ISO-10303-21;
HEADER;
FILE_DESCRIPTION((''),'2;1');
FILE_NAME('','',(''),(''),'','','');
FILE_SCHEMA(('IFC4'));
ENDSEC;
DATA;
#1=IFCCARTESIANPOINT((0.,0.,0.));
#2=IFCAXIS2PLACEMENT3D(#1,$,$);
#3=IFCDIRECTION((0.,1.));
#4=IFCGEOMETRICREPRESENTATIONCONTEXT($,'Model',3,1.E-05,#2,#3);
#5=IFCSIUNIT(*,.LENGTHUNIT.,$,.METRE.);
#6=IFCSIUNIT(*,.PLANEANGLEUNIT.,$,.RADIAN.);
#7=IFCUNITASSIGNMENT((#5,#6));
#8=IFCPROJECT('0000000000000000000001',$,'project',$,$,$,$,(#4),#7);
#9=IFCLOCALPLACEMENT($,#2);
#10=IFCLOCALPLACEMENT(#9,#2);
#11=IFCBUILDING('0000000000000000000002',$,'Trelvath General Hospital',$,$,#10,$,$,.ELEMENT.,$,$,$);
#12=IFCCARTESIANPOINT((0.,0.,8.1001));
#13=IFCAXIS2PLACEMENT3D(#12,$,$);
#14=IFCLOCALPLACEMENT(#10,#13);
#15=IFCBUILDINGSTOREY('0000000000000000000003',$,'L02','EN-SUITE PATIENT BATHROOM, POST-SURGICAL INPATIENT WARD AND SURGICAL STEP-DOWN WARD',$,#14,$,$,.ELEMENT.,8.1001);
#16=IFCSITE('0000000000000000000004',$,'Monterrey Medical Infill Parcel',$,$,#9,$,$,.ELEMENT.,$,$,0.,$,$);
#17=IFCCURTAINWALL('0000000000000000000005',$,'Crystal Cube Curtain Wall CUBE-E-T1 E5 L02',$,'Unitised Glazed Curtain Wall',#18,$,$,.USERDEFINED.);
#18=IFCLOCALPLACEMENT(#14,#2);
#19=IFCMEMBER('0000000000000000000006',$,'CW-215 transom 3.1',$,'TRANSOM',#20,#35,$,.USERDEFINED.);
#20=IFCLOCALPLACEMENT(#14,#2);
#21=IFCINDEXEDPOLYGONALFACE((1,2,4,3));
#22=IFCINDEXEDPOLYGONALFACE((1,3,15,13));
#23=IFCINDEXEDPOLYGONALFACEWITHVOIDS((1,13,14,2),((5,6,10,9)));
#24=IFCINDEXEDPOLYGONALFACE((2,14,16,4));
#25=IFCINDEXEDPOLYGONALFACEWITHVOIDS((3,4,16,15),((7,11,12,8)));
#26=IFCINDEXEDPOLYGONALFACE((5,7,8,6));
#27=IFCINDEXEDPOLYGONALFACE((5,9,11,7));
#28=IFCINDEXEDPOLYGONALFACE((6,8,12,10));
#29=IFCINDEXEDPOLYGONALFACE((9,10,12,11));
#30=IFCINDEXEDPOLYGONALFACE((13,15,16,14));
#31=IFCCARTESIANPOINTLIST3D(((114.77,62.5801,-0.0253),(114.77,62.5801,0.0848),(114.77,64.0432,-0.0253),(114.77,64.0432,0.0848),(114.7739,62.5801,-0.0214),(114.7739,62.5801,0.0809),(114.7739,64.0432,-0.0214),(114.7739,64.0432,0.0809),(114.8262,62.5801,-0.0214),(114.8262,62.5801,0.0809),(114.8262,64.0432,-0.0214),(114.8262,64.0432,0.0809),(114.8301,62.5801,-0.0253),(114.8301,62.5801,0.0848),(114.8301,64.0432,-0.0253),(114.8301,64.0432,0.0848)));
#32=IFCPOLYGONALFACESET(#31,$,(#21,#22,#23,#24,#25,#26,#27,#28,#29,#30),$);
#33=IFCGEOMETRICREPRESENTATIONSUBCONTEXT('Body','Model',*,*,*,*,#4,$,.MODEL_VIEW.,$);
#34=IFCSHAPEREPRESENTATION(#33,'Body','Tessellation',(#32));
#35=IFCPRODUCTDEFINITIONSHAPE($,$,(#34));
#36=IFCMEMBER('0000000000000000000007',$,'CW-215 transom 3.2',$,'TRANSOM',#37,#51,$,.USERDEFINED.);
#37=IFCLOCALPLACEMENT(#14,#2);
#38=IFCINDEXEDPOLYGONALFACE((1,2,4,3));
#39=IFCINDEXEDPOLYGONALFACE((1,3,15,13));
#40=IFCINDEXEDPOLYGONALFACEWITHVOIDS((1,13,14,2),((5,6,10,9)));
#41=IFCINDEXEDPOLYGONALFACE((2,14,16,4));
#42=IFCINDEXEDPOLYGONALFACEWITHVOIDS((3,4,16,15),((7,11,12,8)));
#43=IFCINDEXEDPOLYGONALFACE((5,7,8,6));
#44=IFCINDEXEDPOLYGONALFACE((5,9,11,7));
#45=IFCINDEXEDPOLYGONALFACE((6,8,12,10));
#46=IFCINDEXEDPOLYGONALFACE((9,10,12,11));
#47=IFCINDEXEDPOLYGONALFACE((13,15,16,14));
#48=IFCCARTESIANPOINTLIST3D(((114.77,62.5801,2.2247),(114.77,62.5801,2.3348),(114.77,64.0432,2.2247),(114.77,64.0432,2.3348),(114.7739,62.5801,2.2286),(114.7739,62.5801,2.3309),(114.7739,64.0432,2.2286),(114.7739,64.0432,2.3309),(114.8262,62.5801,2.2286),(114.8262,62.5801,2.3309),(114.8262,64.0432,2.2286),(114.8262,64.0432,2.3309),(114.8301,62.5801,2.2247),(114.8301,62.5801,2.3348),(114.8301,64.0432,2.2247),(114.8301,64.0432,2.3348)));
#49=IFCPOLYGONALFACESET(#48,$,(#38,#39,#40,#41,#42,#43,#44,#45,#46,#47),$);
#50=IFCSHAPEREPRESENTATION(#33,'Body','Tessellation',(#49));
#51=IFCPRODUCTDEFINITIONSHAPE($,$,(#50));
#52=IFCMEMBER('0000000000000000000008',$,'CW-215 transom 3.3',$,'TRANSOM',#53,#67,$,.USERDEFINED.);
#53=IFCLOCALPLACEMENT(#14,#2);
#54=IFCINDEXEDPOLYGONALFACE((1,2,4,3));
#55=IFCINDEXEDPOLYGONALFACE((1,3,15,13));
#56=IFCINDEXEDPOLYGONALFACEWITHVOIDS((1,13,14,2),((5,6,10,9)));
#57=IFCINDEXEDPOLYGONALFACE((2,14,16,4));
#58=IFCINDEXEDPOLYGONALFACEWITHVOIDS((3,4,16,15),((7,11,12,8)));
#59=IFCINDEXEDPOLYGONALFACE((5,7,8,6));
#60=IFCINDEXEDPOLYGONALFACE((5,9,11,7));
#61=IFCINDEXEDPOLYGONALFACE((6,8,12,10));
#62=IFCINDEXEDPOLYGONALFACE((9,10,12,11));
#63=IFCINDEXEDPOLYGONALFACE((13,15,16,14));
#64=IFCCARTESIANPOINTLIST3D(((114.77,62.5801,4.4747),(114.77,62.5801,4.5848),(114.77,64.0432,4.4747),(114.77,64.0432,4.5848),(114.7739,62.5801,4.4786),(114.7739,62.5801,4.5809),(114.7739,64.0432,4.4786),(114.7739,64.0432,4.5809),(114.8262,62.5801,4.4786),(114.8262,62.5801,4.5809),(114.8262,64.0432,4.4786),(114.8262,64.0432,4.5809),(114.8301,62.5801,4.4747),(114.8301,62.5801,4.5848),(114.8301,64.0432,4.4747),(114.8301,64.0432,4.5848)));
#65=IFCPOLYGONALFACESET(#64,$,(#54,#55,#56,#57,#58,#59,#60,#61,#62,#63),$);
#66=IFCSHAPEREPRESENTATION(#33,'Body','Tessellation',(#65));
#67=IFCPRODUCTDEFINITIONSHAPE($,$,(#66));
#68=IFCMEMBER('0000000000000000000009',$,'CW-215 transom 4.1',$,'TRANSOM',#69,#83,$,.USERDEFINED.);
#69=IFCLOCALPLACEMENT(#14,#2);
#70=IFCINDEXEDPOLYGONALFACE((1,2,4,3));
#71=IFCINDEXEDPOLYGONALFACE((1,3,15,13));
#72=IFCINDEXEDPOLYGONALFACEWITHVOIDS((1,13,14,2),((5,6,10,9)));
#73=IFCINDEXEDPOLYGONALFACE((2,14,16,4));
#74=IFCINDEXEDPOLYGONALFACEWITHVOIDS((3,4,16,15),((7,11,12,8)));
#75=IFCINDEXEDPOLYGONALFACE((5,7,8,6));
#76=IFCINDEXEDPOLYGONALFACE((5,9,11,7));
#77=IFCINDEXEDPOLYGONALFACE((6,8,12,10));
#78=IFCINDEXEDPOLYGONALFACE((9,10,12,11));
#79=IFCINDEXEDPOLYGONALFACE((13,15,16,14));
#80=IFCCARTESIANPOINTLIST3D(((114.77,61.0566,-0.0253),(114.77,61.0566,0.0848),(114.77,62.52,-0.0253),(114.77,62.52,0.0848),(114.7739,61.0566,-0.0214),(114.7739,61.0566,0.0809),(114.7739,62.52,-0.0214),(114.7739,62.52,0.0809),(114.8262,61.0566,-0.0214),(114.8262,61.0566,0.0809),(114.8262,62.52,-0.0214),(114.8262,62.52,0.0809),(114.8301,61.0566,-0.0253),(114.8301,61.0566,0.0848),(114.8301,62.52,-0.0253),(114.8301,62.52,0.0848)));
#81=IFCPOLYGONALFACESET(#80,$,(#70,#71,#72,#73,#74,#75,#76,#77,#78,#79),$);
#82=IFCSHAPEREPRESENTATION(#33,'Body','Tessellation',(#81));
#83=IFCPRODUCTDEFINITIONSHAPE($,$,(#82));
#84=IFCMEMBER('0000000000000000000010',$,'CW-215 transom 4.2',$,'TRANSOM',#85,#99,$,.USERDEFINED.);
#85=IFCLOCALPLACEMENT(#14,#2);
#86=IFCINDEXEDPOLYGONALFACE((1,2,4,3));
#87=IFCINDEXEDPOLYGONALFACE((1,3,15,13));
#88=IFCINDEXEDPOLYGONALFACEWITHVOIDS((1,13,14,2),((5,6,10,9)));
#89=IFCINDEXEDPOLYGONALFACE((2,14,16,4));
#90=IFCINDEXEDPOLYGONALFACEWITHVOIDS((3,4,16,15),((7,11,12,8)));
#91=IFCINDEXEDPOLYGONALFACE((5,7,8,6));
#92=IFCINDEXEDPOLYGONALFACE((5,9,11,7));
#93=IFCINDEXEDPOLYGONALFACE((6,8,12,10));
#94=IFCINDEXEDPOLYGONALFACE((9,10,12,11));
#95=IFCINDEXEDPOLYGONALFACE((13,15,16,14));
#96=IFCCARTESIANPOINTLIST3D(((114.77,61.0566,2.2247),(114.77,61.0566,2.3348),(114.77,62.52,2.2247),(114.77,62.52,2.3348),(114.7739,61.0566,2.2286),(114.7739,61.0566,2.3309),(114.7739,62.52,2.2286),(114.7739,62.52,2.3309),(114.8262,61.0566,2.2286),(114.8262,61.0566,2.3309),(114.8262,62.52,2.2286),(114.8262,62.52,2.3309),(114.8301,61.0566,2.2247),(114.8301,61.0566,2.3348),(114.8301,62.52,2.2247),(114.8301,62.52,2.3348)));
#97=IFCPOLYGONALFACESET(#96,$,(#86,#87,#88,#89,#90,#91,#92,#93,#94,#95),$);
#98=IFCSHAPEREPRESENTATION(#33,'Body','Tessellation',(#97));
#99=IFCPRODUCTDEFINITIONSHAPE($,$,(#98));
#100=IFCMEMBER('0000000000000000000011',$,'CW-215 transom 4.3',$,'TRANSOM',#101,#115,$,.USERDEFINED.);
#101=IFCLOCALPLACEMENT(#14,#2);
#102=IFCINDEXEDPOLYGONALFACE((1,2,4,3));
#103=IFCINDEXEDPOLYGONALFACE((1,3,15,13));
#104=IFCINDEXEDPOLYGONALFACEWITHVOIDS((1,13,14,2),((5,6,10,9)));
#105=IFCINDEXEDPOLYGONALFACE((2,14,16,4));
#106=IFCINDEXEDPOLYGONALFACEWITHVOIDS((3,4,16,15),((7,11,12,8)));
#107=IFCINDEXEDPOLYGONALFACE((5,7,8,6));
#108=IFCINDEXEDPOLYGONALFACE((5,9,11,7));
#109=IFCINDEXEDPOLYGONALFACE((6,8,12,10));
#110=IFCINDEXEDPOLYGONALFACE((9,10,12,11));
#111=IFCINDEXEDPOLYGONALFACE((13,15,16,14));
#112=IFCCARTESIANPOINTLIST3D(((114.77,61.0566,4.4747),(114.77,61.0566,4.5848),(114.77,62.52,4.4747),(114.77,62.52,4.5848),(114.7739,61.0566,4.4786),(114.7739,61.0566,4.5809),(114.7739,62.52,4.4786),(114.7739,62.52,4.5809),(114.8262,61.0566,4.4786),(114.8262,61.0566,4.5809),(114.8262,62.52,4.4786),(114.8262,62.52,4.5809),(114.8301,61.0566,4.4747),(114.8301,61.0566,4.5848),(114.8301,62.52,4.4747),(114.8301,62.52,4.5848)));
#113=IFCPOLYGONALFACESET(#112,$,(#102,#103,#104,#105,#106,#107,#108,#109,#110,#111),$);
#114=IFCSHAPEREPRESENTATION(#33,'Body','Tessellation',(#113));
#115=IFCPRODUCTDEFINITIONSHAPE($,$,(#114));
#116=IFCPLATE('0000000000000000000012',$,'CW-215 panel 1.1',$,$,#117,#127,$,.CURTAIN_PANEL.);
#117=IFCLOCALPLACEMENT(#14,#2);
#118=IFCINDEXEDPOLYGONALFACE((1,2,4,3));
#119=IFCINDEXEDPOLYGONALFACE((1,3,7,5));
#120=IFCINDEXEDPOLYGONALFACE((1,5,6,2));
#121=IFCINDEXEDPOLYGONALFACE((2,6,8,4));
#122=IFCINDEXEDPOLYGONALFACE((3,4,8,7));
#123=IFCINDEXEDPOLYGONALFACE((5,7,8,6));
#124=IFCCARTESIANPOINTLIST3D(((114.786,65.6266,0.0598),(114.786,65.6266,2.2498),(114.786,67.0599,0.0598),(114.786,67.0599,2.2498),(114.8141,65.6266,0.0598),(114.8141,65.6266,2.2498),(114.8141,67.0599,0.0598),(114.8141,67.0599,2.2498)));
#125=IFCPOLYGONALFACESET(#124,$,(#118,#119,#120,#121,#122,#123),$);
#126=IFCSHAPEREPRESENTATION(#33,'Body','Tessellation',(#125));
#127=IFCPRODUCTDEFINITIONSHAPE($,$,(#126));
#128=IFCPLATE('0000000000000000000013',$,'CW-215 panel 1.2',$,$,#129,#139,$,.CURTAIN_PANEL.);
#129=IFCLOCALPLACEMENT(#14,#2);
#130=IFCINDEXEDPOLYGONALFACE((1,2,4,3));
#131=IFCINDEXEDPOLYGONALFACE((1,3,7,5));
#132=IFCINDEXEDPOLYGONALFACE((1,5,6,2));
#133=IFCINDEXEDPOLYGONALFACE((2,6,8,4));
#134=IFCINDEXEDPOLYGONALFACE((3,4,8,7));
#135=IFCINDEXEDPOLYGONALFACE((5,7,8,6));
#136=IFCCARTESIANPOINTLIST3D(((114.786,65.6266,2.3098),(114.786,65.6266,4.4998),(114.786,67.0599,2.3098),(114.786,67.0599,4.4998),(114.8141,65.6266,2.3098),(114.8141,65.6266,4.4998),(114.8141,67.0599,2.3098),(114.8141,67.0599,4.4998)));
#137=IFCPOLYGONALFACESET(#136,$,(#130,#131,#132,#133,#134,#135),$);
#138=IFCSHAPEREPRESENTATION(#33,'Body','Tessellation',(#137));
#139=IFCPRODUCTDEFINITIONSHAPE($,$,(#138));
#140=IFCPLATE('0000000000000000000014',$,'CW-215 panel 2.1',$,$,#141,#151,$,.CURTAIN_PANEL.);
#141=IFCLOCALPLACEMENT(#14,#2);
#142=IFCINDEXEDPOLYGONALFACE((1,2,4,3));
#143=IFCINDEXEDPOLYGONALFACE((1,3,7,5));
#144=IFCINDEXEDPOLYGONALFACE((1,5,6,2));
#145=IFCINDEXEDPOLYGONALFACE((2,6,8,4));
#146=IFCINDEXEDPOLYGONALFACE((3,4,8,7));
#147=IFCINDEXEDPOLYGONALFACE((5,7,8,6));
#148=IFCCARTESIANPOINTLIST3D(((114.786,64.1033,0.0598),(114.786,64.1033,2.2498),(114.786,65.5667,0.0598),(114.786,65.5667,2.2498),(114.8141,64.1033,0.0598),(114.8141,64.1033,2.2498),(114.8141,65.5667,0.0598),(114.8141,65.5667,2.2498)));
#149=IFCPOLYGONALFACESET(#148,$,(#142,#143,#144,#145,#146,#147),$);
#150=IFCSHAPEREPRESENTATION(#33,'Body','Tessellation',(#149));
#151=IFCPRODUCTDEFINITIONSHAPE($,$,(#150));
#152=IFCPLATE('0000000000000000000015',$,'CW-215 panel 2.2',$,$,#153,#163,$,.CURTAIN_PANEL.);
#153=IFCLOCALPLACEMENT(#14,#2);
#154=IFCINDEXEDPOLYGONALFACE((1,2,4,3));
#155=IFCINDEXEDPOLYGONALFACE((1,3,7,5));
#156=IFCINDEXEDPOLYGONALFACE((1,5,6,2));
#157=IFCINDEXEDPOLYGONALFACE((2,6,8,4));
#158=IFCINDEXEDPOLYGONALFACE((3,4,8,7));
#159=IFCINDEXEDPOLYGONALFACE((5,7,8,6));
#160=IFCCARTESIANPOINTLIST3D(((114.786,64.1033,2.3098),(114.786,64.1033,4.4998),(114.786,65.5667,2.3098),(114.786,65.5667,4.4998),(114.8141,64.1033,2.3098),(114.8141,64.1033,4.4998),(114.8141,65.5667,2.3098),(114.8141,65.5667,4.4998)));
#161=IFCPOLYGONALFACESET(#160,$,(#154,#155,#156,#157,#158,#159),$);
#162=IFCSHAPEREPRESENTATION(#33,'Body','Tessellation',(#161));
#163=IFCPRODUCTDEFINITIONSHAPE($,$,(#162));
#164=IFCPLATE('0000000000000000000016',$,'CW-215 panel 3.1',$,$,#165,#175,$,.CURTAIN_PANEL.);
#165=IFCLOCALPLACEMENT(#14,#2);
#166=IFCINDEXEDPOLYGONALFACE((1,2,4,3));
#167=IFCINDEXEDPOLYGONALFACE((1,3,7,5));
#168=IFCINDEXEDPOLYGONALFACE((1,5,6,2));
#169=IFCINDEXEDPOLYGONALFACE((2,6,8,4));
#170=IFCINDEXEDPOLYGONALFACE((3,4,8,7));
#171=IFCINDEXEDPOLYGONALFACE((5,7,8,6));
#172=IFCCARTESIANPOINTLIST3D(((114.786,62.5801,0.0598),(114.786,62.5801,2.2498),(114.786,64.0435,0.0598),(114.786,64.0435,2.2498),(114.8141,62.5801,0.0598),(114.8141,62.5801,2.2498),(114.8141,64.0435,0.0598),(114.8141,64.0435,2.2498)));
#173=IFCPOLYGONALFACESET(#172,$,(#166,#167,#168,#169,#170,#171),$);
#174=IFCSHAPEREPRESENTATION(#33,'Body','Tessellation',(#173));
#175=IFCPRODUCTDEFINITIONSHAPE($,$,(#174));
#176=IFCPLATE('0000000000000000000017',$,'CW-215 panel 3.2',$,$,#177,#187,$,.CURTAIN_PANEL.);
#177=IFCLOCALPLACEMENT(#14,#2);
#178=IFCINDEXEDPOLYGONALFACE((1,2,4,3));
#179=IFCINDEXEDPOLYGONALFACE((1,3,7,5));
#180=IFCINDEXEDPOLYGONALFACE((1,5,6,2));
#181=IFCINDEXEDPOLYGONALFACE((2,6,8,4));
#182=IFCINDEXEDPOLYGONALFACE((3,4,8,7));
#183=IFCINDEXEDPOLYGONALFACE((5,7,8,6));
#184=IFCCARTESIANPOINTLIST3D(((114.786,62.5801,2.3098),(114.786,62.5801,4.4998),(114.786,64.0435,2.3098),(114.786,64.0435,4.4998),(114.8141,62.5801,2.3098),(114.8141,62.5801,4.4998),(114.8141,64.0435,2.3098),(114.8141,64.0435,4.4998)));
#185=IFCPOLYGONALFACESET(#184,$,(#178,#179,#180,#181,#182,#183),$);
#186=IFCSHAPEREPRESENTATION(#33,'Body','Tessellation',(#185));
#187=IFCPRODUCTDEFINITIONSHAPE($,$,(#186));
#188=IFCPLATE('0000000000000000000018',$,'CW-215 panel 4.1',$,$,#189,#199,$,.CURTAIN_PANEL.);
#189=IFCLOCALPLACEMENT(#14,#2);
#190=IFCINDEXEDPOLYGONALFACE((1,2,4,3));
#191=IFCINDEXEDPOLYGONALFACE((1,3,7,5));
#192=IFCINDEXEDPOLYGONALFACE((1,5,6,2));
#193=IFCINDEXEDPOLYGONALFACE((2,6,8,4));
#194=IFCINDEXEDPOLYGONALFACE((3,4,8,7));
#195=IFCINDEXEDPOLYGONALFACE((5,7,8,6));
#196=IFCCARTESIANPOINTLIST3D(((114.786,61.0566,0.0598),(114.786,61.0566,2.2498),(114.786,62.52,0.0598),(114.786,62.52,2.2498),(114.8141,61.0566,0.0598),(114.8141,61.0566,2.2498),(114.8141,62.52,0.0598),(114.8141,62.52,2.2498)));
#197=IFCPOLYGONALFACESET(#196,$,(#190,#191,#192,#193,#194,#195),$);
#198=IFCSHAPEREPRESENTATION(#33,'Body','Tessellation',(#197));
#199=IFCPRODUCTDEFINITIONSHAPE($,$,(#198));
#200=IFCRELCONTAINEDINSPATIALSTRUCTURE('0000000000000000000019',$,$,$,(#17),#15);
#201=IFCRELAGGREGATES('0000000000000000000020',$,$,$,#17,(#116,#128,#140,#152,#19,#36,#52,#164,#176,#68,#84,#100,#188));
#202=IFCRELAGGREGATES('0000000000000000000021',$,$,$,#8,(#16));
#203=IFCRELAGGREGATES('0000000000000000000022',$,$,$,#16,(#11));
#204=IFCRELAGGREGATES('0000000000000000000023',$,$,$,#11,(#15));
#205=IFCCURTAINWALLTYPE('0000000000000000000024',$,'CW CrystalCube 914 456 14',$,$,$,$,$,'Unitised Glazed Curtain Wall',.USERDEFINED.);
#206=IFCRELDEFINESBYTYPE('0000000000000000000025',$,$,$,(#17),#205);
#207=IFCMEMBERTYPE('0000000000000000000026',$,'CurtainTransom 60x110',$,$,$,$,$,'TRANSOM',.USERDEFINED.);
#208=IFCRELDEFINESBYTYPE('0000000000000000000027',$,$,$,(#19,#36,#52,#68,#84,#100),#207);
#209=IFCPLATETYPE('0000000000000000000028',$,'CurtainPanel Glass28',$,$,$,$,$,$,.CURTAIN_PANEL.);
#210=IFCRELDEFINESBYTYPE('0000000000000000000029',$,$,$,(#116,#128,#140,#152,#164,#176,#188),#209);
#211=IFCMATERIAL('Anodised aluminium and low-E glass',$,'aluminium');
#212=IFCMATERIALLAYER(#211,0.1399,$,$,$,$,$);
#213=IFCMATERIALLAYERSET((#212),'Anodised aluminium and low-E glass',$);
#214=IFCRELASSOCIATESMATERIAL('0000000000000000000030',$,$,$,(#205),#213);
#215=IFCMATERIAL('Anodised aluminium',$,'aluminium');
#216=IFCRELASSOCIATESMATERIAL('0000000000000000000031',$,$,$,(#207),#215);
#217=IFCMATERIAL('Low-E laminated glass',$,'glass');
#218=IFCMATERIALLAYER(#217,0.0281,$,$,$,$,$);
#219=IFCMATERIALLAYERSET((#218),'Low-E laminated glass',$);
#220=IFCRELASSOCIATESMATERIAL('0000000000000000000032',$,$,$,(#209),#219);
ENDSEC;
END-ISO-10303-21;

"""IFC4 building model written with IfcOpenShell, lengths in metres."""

from ifc_helpers import new_model, si_unit, direction, frame, origin, origin_2d, place, context, subcontext, project, spatial, rectangle, hollow_rectangle, extrude, material, layer, layer_set, material_profile, profile_set, type_object, element, aggregate, save


model = new_model("IFC4")

# Units and contexts
model_context = context("Model", 3, precision=1e-05, world=origin(), true_north=direction((0.0, 1.0)))
body_context = subcontext(model_context, "Body", "Model", "MODEL_VIEW")
ifc_project = project(units=[si_unit("LENGTHUNIT", "METRE"), si_unit("PLANEANGLEUNIT", "RADIAN")], contexts=[model_context])

# Site, building, storey
site_placement = place(None, origin())
site = spatial("IfcSite", under=ifc_project, at=site_placement, Name="Monterrey Medical Infill Parcel", CompositionType="ELEMENT", RefElevation=0.0)
building_placement = place(site_placement, origin())
building = spatial("IfcBuilding", under=site, at=building_placement, Name="Trelvath General Hospital", CompositionType="ELEMENT")
storey_placement = place(building_placement, frame((0.0, 0.0, 8.1001)))
storey = spatial("IfcBuildingStorey", under=building, at=storey_placement, Name="L02", Description="EN-SUITE PATIENT BATHROOM, POST-SURGICAL INPATIENT WARD AND SURGICAL STEP-DOWN WARD", CompositionType="ELEMENT", Elevation=8.1001)

# Curtain wall
ifc_material_1 = material(Name="Anodised aluminium and low-E glass", Category="aluminium")
ifc_layer_1 = layer(ifc_material_1, 0.1399)
ifc_layer_set_1 = layer_set([ifc_layer_1], Name="Anodised aluminium and low-E glass")
curtain_wall_type_1 = type_object("IfcCurtainWallType", Name="CW CrystalCube 914 456 14", ElementType="Unitised Glazed Curtain Wall", PredefinedType="USERDEFINED", material=ifc_layer_set_1)
curtain_wall_1_placement = place(storey_placement, origin())
curtain_wall_1 = element("IfcCurtainWall", 1, at=curtain_wall_1_placement, inside=storey, type_object=curtain_wall_type_1, Name="Crystal Cube Curtain Wall CUBE-E-T1 E5 L02", ObjectType="Unitised Glazed Curtain Wall", PredefinedType="USERDEFINED")

# Members
ifc_material_2 = material(Name="Anodised aluminium", Category="aluminium")
ifc_material_profile_1 = material_profile(ifc_material_2, hollow_rectangle(XDim=0.0601, YDim=0.1101, WallThickness=0.0039, at=origin_2d()), Name="RHS60x110x4")
ifc_profile_set_1 = profile_set([ifc_material_profile_1], Name="Anodised aluminium")
member_type_1 = type_object("IfcMemberType", Name="CurtainTransom 60x110", ElementType="TRANSOM", PredefinedType="USERDEFINED", material=ifc_profile_set_1)
member_1_placement = place(storey_placement, frame((114.8, 64.0432, 0.0298), z_axis=(0.0, -1.0, 0.0), x_axis=(1.0, 0.0, 0.0)))
member_1 = element("IfcMember", 2, at=member_1_placement, type_object=member_type_1, Name="CW-215 transom 3.1", ObjectType="TRANSOM", PredefinedType="USERDEFINED", context=body_context, shape_type="SweptSolid", body=[
    extrude(hollow_rectangle(XDim=0.0601, YDim=0.1101, WallThickness=0.0039, at=origin_2d()), origin(), (0.0, 0.0, 1.0), 1.4631),
])
member_2_placement = place(storey_placement, frame((114.8, 64.0432, 2.2798), z_axis=(0.0, -1.0, 0.0), x_axis=(1.0, 0.0, 0.0)))
member_2 = element("IfcMember", 3, at=member_2_placement, type_object=member_type_1, Name="CW-215 transom 3.2", ObjectType="TRANSOM", PredefinedType="USERDEFINED", context=body_context, shape_type="SweptSolid", body=[
    extrude(hollow_rectangle(XDim=0.0601, YDim=0.1101, WallThickness=0.0039, at=origin_2d()), origin(), (0.0, 0.0, 1.0), 1.4631),
])
member_3_placement = place(storey_placement, frame((114.8, 64.0432, 4.5298), z_axis=(0.0, -1.0, 0.0), x_axis=(1.0, 0.0, 0.0)))
member_3 = element("IfcMember", 4, at=member_3_placement, type_object=member_type_1, Name="CW-215 transom 3.3", ObjectType="TRANSOM", PredefinedType="USERDEFINED", context=body_context, shape_type="SweptSolid", body=[
    extrude(hollow_rectangle(XDim=0.0601, YDim=0.1101, WallThickness=0.0039, at=origin_2d()), origin(), (0.0, 0.0, 1.0), 1.4631),
])
member_4_placement = place(storey_placement, frame((114.8, 62.52, 0.0298), z_axis=(0.0, -1.0, 0.0), x_axis=(1.0, 0.0, 0.0)))
member_4 = element("IfcMember", 5, at=member_4_placement, type_object=member_type_1, Name="CW-215 transom 4.1", ObjectType="TRANSOM", PredefinedType="USERDEFINED", context=body_context, shape_type="SweptSolid", body=[
    extrude(hollow_rectangle(XDim=0.0601, YDim=0.1101, WallThickness=0.0039, at=origin_2d()), origin(), (0.0, 0.0, 1.0), 1.4634),
])
member_5_placement = place(storey_placement, frame((114.8, 62.52, 2.2798), z_axis=(0.0, -1.0, 0.0), x_axis=(1.0, 0.0, 0.0)))
member_5 = element("IfcMember", 6, at=member_5_placement, type_object=member_type_1, Name="CW-215 transom 4.2", ObjectType="TRANSOM", PredefinedType="USERDEFINED", context=body_context, shape_type="SweptSolid", body=[
    extrude(hollow_rectangle(XDim=0.0601, YDim=0.1101, WallThickness=0.0039, at=origin_2d()), origin(), (0.0, 0.0, 1.0), 1.4634),
])
member_6_placement = place(storey_placement, frame((114.8, 62.52, 4.5298), z_axis=(0.0, -1.0, 0.0), x_axis=(1.0, 0.0, 0.0)))
member_6 = element("IfcMember", 7, at=member_6_placement, type_object=member_type_1, Name="CW-215 transom 4.3", ObjectType="TRANSOM", PredefinedType="USERDEFINED", context=body_context, shape_type="SweptSolid", body=[
    extrude(hollow_rectangle(XDim=0.0601, YDim=0.1101, WallThickness=0.0039, at=origin_2d()), origin(), (0.0, 0.0, 1.0), 1.4634),
])

# Plates
ifc_material_3 = material(Name="Low-E laminated glass", Category="glass")
ifc_layer_2 = layer(ifc_material_3, 0.0281)
ifc_layer_set_2 = layer_set([ifc_layer_2], Name="Low-E laminated glass")
plate_type = type_object("IfcPlateType", Name="CurtainPanel Glass28", PredefinedType="CURTAIN_PANEL", material=ifc_layer_set_2)
plate_1_placement = place(storey_placement, frame((114.8, 66.3433, 0.0598), z_axis=(0.0, 0.0, 1.0), x_axis=(0.0, -1.0, 0.0)))
plate_1 = element("IfcPlate", 8, at=plate_1_placement, type_object=plate_type, Name="CW-215 panel 1.1", PredefinedType="CURTAIN_PANEL", context=body_context, shape_type="SweptSolid", body=[
    extrude(rectangle(XDim=1.4333, YDim=0.0281, at=origin_2d()), origin(), (0.0, 0.0, 1.0), 2.1899),
])
plate_2_placement = place(storey_placement, frame((114.8, 66.3433, 2.3098), z_axis=(0.0, 0.0, 1.0), x_axis=(0.0, -1.0, 0.0)))
plate_2 = element("IfcPlate", 9, at=plate_2_placement, type_object=plate_type, Name="CW-215 panel 1.2", PredefinedType="CURTAIN_PANEL", context=body_context, shape_type="SweptSolid", body=[
    extrude(rectangle(XDim=1.4333, YDim=0.0281, at=origin_2d()), origin(), (0.0, 0.0, 1.0), 2.1899),
])
plate_3_placement = place(storey_placement, frame((114.8, 64.835, 0.0598), z_axis=(0.0, 0.0, 1.0), x_axis=(0.0, -1.0, 0.0)))
plate_3 = element("IfcPlate", 10, at=plate_3_placement, type_object=plate_type, Name="CW-215 panel 2.1", PredefinedType="CURTAIN_PANEL", context=body_context, shape_type="SweptSolid", body=[
    extrude(rectangle(XDim=1.4634, YDim=0.0281, at=origin_2d()), origin(), (0.0, 0.0, 1.0), 2.1899),
])
plate_4_placement = place(storey_placement, frame((114.8, 64.835, 2.3098), z_axis=(0.0, 0.0, 1.0), x_axis=(0.0, -1.0, 0.0)))
plate_4 = element("IfcPlate", 11, at=plate_4_placement, type_object=plate_type, Name="CW-215 panel 2.2", PredefinedType="CURTAIN_PANEL", context=body_context, shape_type="SweptSolid", body=[
    extrude(rectangle(XDim=1.4634, YDim=0.0281, at=origin_2d()), origin(), (0.0, 0.0, 1.0), 2.1899),
])
plate_5_placement = place(storey_placement, frame((114.8, 63.3118, 0.0598), z_axis=(0.0, 0.0, 1.0), x_axis=(0.0, -1.0, 0.0)))
plate_5 = element("IfcPlate", 12, at=plate_5_placement, type_object=plate_type, Name="CW-215 panel 3.1", PredefinedType="CURTAIN_PANEL", context=body_context, shape_type="SweptSolid", body=[
    extrude(rectangle(XDim=1.4634, YDim=0.0281, at=origin_2d()), origin(), (0.0, 0.0, 1.0), 2.1899),
])
plate_6_placement = place(storey_placement, frame((114.8, 63.3118, 2.3098), z_axis=(0.0, 0.0, 1.0), x_axis=(0.0, -1.0, 0.0)))
plate_6 = element("IfcPlate", 13, at=plate_6_placement, type_object=plate_type, Name="CW-215 panel 3.2", PredefinedType="CURTAIN_PANEL", context=body_context, shape_type="SweptSolid", body=[
    extrude(rectangle(XDim=1.4634, YDim=0.0281, at=origin_2d()), origin(), (0.0, 0.0, 1.0), 2.1899),
])
plate_7_placement = place(storey_placement, frame((114.8, 61.7883, 0.0598), z_axis=(0.0, 0.0, 1.0), x_axis=(0.0, -1.0, 0.0)))
plate_7 = element("IfcPlate", 14, at=plate_7_placement, type_object=plate_type, Name="CW-215 panel 4.1", PredefinedType="CURTAIN_PANEL", context=body_context, shape_type="SweptSolid", body=[
    extrude(rectangle(XDim=1.4634, YDim=0.0281, at=origin_2d()), origin(), (0.0, 0.0, 1.0), 2.1899),
])
aggregate(curtain_wall_1, [plate_1, plate_2, plate_3, plate_4, member_1, member_2, member_3, plate_5, plate_6, member_4, member_5, member_6, plate_7])

save(model, "model.ifc")
